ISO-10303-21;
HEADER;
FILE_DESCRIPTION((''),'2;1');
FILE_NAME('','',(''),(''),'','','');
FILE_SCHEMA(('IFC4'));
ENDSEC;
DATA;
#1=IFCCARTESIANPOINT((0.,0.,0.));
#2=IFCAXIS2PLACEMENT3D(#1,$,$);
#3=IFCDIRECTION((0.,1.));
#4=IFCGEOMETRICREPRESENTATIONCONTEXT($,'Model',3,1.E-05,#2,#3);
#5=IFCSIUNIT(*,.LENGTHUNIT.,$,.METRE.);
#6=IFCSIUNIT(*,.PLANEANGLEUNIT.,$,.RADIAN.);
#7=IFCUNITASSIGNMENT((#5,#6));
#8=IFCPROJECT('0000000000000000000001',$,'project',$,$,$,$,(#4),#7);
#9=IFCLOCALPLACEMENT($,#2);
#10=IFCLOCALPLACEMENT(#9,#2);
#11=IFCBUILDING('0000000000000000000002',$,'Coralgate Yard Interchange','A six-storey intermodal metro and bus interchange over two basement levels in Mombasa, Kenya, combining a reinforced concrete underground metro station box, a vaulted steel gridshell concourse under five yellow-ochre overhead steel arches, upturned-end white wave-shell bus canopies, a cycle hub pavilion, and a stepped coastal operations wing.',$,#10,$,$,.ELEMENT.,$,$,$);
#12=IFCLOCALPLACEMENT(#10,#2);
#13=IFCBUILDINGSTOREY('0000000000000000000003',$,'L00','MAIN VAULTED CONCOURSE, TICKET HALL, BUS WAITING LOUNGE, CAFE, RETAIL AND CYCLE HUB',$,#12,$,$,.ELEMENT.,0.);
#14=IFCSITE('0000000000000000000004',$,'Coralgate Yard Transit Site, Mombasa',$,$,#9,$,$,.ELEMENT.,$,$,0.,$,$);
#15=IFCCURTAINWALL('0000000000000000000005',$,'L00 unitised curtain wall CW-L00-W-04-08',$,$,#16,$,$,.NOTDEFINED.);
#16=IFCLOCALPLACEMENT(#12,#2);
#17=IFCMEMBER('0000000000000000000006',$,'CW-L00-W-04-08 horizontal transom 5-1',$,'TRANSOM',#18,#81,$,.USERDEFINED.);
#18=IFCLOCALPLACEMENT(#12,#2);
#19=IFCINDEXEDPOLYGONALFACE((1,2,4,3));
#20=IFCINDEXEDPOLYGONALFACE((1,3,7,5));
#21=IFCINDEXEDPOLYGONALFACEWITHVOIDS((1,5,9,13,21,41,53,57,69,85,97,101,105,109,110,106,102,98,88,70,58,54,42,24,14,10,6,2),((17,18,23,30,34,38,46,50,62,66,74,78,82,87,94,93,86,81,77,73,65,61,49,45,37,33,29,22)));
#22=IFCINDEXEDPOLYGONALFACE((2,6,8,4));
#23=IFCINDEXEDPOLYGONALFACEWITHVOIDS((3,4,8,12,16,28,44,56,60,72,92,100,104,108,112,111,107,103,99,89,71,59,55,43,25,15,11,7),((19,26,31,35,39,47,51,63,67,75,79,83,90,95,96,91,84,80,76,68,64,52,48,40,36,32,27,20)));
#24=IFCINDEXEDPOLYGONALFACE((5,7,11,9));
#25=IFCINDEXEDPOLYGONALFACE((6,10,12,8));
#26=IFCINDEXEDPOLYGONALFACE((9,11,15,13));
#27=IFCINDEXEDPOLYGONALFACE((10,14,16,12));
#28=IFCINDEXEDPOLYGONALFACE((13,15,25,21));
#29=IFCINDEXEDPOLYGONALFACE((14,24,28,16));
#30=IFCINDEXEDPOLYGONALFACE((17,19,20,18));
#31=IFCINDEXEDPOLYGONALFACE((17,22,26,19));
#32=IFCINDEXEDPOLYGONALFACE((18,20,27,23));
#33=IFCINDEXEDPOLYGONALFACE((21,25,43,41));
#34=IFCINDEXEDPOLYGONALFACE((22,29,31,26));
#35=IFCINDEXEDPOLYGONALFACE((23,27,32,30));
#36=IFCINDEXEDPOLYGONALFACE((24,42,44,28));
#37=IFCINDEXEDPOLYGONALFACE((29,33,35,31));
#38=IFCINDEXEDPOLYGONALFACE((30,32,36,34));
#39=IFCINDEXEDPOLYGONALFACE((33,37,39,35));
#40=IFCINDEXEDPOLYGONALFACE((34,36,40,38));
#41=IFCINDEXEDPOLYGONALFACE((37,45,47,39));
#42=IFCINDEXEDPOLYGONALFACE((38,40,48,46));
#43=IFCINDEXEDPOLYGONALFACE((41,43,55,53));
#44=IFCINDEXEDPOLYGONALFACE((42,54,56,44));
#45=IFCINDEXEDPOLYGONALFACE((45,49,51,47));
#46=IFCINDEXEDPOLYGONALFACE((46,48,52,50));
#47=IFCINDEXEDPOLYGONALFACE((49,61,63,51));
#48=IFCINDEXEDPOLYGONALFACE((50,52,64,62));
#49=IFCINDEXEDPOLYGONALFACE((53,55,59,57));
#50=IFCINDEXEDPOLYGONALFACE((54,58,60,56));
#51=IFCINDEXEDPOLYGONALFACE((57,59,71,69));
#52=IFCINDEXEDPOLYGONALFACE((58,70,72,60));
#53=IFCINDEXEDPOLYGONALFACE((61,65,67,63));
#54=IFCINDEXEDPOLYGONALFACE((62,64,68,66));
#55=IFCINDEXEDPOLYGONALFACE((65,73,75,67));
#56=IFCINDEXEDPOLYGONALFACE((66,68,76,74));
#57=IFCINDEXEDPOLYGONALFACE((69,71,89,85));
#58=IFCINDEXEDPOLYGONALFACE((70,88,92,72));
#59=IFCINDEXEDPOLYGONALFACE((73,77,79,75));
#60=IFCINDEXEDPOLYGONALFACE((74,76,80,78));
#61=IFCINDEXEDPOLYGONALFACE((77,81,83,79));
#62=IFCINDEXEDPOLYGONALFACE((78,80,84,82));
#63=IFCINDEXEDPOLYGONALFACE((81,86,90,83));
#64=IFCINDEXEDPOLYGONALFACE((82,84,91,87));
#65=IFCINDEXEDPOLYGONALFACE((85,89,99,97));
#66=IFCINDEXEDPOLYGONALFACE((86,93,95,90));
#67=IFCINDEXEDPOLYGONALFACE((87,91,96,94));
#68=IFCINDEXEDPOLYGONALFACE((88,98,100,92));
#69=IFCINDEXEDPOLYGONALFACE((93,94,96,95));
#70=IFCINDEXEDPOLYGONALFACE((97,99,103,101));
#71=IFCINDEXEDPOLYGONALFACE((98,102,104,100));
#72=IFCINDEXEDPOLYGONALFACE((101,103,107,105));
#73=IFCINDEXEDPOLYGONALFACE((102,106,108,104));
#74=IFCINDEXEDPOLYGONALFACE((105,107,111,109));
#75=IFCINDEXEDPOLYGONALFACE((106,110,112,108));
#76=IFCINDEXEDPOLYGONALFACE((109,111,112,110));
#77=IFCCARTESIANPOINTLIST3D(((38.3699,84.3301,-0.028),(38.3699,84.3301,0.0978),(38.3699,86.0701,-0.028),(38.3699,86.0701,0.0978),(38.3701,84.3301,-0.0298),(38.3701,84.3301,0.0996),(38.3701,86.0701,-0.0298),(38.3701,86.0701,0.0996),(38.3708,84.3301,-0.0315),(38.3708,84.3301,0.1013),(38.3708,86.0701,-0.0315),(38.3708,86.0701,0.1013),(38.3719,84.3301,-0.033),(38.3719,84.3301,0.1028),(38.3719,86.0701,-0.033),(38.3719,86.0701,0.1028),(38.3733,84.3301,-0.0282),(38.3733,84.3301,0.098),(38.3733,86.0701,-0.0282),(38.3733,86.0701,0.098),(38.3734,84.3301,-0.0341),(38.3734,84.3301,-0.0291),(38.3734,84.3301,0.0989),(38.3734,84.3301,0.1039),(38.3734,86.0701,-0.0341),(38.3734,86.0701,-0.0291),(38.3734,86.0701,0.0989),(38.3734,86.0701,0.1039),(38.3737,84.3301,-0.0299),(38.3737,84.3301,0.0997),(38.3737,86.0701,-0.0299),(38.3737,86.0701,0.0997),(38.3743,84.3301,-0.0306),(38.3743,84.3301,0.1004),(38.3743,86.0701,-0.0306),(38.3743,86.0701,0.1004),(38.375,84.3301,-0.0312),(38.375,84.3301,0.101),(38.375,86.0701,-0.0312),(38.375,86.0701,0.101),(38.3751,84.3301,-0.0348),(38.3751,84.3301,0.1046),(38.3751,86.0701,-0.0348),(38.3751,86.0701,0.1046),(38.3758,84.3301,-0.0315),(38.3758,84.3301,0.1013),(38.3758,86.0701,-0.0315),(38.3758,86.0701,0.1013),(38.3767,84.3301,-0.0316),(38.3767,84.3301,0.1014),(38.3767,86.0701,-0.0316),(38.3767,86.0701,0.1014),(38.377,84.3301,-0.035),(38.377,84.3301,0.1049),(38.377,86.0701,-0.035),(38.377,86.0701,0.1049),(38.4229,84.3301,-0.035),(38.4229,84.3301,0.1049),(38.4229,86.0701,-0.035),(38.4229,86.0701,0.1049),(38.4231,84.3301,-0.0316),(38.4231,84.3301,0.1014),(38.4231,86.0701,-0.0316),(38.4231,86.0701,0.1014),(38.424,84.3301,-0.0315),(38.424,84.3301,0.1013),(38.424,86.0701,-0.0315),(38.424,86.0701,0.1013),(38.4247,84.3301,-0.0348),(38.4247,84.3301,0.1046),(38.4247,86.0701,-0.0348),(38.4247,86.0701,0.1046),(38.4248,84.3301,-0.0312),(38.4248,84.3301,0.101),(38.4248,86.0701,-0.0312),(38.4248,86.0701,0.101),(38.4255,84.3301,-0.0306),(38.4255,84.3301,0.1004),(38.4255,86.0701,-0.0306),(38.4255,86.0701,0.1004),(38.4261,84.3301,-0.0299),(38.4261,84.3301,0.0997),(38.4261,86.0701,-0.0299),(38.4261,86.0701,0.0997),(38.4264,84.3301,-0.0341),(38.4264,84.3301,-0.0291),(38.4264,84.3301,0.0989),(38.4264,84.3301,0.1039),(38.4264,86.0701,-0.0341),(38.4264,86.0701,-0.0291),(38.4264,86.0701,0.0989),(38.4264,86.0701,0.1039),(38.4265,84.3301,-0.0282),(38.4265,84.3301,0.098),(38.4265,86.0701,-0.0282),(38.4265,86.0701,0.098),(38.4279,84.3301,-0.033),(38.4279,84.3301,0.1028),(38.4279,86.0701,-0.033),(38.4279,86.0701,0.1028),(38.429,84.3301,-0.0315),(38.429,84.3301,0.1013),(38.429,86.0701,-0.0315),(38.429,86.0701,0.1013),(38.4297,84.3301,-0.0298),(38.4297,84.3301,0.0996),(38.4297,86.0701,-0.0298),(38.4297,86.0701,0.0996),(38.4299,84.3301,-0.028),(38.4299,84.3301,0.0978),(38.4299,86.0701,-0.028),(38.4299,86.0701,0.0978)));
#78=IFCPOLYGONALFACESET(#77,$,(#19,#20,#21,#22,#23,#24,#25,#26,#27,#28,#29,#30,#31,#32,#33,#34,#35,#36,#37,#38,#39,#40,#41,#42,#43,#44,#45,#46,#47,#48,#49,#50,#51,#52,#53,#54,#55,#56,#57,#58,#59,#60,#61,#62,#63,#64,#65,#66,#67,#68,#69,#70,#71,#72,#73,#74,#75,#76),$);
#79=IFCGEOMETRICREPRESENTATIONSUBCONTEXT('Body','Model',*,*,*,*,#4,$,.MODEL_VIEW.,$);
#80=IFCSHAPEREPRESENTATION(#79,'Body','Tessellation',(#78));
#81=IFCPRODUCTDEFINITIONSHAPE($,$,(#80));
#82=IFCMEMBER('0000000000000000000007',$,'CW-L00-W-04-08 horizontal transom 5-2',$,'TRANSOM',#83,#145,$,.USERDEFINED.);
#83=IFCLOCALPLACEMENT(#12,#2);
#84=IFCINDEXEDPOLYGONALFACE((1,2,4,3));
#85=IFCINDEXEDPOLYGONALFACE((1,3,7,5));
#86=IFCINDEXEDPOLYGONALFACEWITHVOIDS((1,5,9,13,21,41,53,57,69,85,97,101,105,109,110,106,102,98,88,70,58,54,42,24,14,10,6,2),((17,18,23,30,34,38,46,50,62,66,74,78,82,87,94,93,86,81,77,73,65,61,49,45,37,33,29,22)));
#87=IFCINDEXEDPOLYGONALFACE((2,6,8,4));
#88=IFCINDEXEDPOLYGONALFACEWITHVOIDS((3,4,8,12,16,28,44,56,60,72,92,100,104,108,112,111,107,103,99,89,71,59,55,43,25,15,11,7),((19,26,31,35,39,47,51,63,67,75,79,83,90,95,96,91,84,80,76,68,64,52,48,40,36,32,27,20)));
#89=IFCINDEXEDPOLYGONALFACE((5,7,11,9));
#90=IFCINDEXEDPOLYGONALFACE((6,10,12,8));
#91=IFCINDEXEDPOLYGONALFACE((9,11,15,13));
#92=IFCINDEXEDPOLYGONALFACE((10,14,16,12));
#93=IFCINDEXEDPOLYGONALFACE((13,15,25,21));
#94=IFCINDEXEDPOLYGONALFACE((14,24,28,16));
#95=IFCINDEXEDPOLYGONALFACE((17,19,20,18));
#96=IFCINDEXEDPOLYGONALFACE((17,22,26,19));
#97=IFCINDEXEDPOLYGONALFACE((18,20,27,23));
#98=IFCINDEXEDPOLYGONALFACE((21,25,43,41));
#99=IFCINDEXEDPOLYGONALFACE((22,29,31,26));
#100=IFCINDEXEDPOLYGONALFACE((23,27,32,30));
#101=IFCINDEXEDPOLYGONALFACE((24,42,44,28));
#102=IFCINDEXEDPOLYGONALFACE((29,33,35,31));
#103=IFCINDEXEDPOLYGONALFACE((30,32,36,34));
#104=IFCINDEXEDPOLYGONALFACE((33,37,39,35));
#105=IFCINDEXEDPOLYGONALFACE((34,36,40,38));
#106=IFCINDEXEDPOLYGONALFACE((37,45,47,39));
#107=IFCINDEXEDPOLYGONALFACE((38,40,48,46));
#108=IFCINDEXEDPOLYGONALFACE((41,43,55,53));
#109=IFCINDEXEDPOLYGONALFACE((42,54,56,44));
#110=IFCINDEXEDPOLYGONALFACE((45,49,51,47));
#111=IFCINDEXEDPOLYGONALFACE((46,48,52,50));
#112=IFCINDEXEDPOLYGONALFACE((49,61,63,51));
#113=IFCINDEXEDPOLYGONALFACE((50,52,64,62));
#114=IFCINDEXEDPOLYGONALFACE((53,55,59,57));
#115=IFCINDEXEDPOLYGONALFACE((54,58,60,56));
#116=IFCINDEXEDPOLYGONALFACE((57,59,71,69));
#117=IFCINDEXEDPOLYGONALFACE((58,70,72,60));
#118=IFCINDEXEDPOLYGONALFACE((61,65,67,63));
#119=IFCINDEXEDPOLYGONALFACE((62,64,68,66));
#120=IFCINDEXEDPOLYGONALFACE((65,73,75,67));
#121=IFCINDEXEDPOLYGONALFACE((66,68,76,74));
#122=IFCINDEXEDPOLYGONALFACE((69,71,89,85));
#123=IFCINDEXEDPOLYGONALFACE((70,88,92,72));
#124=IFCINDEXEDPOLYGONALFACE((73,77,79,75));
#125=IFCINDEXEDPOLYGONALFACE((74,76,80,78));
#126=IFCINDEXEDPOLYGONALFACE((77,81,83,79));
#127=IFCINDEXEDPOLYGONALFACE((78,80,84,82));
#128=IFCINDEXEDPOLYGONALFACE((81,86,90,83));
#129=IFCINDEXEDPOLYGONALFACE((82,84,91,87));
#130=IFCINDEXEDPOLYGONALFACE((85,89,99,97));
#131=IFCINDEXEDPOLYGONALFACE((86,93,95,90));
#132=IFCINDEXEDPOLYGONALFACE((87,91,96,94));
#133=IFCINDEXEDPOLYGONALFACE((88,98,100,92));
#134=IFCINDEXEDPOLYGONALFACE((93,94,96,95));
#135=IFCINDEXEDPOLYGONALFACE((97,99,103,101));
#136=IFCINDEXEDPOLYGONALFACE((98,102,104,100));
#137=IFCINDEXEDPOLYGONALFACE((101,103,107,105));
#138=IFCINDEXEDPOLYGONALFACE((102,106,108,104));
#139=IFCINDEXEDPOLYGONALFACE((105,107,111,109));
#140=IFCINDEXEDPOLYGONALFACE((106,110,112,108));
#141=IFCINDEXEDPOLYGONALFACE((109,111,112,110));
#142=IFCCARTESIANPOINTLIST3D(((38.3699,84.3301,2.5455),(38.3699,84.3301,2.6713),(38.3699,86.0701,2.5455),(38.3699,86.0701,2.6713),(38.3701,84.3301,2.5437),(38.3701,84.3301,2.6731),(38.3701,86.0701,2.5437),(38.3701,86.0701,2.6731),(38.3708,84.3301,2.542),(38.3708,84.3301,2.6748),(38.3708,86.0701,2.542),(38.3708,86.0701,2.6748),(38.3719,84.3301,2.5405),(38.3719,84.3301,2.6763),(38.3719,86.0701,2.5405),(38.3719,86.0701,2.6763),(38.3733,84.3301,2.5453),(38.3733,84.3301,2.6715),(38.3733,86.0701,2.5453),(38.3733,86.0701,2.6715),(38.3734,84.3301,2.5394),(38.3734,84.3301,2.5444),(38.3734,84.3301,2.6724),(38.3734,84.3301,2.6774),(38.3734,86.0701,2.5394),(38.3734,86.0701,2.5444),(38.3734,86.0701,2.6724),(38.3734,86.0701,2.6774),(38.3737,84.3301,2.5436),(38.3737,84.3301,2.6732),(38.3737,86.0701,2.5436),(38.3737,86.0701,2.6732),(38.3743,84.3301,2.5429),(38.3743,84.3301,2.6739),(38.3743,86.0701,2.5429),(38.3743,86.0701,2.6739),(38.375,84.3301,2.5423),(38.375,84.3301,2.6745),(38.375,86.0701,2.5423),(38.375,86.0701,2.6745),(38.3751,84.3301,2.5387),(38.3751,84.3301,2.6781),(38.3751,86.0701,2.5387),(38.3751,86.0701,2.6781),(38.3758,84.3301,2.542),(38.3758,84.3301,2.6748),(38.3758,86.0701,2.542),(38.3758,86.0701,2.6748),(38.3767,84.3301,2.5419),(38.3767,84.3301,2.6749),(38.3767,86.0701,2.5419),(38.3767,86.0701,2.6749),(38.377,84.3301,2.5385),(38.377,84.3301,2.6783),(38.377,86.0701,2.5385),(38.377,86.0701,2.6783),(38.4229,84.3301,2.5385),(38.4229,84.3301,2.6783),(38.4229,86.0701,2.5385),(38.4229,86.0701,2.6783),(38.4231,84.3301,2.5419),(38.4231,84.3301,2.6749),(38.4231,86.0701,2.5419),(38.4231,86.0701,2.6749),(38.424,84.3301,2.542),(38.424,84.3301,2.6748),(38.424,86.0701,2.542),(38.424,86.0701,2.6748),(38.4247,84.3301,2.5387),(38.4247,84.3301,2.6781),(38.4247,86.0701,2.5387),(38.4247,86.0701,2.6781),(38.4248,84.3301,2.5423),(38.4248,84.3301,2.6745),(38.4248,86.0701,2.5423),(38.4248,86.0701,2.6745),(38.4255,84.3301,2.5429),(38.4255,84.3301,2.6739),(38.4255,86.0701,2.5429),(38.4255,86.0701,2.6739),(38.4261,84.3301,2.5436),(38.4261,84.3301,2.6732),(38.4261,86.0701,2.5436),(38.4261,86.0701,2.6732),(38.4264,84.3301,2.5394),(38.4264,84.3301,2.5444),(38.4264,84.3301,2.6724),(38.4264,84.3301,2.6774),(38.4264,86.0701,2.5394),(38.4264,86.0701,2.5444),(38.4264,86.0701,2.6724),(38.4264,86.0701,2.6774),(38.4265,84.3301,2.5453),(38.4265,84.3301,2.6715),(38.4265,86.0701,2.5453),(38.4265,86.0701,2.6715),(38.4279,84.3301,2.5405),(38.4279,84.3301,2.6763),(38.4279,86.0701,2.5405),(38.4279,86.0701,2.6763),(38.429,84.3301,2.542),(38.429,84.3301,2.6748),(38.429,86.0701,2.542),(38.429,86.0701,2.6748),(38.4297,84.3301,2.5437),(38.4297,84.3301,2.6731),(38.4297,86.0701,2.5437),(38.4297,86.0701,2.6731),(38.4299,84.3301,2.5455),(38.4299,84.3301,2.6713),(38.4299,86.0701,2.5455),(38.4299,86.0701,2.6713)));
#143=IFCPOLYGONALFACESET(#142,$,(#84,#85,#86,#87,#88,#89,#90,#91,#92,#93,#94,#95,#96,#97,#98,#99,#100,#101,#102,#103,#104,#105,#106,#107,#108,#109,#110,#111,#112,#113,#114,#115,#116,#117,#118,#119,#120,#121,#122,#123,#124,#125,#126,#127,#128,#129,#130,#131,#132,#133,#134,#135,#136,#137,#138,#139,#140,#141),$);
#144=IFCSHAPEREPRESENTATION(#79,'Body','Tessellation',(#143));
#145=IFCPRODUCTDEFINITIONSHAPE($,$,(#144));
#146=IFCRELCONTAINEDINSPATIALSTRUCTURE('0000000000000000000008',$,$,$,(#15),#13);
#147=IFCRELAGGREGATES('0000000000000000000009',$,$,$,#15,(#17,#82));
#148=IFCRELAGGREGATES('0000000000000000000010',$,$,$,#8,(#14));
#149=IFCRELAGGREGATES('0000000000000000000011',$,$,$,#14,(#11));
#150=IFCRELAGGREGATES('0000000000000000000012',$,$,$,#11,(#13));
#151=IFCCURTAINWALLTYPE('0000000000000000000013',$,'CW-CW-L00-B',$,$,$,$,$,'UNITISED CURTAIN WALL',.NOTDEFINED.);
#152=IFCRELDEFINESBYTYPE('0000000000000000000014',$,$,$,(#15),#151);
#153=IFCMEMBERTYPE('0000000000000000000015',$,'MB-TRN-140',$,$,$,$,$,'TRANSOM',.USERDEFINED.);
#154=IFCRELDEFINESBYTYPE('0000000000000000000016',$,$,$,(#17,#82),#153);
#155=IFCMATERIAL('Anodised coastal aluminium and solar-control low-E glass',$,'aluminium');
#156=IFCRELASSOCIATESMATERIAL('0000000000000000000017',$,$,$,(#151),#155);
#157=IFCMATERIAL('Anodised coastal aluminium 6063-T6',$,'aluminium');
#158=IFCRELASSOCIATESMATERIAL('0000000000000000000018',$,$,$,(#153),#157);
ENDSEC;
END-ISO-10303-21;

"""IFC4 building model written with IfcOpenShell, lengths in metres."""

from ifc_helpers import new_model, si_unit, direction, frame, origin, origin_2d, place, context, subcontext, project, spatial, hollow_rectangle, extrude, material, material_profile, profile_set, type_object, element, aggregate, save


model = new_model("IFC4")

# Units and contexts
model_context = context("Model", 3, precision=1e-05, world=origin(), true_north=direction((0.0, 1.0)))
body_context = subcontext(model_context, "Body", "Model", "MODEL_VIEW")
ifc_project = project(units=[si_unit("LENGTHUNIT", "METRE"), si_unit("PLANEANGLEUNIT", "RADIAN")], contexts=[model_context])

# Site, building, storey
site_placement = place(None, origin())
site = spatial("IfcSite", under=ifc_project, at=site_placement, Name="Coralgate Yard Transit Site, Mombasa", CompositionType="ELEMENT", RefElevation=0.0)
building_placement = place(site_placement, origin())
building = spatial("IfcBuilding", under=site, at=building_placement, Name="Coralgate Yard Interchange", Description="A six-storey intermodal metro and bus interchange over two basement levels in Mombasa, Kenya, combining a reinforced concrete underground metro station box, a vaulted steel gridshell concourse under five yellow-ochre overhead steel arches, upturned-end white wave-shell bus canopies, a cycle hub pavilion, and a stepped coastal operations wing.", CompositionType="ELEMENT")
storey_placement = place(building_placement, origin())
storey = spatial("IfcBuildingStorey", under=building, at=storey_placement, Name="L00", Description="MAIN VAULTED CONCOURSE, TICKET HALL, BUS WAITING LOUNGE, CAFE, RETAIL AND CYCLE HUB", CompositionType="ELEMENT", Elevation=0.0)

# Curtain wall
ifc_material_1 = material(Name="Anodised coastal aluminium and solar-control low-E glass", Category="aluminium")
curtain_wall_type_1 = type_object("IfcCurtainWallType", Name="CW-CW-L00-B", ElementType="UNITISED CURTAIN WALL", PredefinedType="NOTDEFINED", material=ifc_material_1)
curtain_wall_1_placement = place(storey_placement, origin())
curtain_wall_1 = element("IfcCurtainWall", 1, at=curtain_wall_1_placement, inside=storey, type_object=curtain_wall_type_1, Name="L00 unitised curtain wall CW-L00-W-04-08", PredefinedType="NOTDEFINED")
ifc_material_2 = material(Name="Anodised coastal aluminium 6063-T6", Category="aluminium")

# Members
ifc_material_profile_1 = material_profile(ifc_material_2, hollow_rectangle(XDim=0.0601, YDim=0.1399, WallThickness=0.0034, InnerFilletRadius=0.0034, OuterFilletRadius=0.0071, at=origin_2d()), Name="ALU 60x140x3.5")
ifc_profile_set_1 = profile_set([ifc_material_profile_1], Name="Anodised coastal aluminium 6063-T6")
member_type_1 = type_object("IfcMemberType", Name="MB-TRN-140", ElementType="TRANSOM", PredefinedType="USERDEFINED", material=ifc_profile_set_1)
member_1_placement = place(storey_placement, frame((38.3999, 84.3301, 0.0349), z_axis=(0.0, 1.0, 0.0), x_axis=(-1.0, 0.0, 0.0)))
member_1 = element("IfcMember", 2, at=member_1_placement, type_object=member_type_1, Name="CW-L00-W-04-08 horizontal transom 5-1", ObjectType="TRANSOM", PredefinedType="USERDEFINED", context=body_context, shape_type="SweptSolid", body=[
    extrude(hollow_rectangle(XDim=0.0601, YDim=0.1399, WallThickness=0.0034, InnerFilletRadius=0.0034, OuterFilletRadius=0.0071, at=origin_2d()), origin(), (0.0, 0.0, 1.0), 1.74),
])
member_2_placement = place(storey_placement, frame((38.3999, 84.3301, 2.6084), z_axis=(0.0, 1.0, 0.0), x_axis=(-1.0, 0.0, 0.0)))
member_2 = element("IfcMember", 3, at=member_2_placement, type_object=member_type_1, Name="CW-L00-W-04-08 horizontal transom 5-2", ObjectType="TRANSOM", PredefinedType="USERDEFINED", context=body_context, shape_type="SweptSolid", body=[
    extrude(hollow_rectangle(XDim=0.0601, YDim=0.1399, WallThickness=0.0034, InnerFilletRadius=0.0034, OuterFilletRadius=0.0071, at=origin_2d()), origin(), (0.0, 0.0, 1.0), 1.74),
])

aggregate(curtain_wall_1, [member_1, member_2])

save(model, "model.ifc")
